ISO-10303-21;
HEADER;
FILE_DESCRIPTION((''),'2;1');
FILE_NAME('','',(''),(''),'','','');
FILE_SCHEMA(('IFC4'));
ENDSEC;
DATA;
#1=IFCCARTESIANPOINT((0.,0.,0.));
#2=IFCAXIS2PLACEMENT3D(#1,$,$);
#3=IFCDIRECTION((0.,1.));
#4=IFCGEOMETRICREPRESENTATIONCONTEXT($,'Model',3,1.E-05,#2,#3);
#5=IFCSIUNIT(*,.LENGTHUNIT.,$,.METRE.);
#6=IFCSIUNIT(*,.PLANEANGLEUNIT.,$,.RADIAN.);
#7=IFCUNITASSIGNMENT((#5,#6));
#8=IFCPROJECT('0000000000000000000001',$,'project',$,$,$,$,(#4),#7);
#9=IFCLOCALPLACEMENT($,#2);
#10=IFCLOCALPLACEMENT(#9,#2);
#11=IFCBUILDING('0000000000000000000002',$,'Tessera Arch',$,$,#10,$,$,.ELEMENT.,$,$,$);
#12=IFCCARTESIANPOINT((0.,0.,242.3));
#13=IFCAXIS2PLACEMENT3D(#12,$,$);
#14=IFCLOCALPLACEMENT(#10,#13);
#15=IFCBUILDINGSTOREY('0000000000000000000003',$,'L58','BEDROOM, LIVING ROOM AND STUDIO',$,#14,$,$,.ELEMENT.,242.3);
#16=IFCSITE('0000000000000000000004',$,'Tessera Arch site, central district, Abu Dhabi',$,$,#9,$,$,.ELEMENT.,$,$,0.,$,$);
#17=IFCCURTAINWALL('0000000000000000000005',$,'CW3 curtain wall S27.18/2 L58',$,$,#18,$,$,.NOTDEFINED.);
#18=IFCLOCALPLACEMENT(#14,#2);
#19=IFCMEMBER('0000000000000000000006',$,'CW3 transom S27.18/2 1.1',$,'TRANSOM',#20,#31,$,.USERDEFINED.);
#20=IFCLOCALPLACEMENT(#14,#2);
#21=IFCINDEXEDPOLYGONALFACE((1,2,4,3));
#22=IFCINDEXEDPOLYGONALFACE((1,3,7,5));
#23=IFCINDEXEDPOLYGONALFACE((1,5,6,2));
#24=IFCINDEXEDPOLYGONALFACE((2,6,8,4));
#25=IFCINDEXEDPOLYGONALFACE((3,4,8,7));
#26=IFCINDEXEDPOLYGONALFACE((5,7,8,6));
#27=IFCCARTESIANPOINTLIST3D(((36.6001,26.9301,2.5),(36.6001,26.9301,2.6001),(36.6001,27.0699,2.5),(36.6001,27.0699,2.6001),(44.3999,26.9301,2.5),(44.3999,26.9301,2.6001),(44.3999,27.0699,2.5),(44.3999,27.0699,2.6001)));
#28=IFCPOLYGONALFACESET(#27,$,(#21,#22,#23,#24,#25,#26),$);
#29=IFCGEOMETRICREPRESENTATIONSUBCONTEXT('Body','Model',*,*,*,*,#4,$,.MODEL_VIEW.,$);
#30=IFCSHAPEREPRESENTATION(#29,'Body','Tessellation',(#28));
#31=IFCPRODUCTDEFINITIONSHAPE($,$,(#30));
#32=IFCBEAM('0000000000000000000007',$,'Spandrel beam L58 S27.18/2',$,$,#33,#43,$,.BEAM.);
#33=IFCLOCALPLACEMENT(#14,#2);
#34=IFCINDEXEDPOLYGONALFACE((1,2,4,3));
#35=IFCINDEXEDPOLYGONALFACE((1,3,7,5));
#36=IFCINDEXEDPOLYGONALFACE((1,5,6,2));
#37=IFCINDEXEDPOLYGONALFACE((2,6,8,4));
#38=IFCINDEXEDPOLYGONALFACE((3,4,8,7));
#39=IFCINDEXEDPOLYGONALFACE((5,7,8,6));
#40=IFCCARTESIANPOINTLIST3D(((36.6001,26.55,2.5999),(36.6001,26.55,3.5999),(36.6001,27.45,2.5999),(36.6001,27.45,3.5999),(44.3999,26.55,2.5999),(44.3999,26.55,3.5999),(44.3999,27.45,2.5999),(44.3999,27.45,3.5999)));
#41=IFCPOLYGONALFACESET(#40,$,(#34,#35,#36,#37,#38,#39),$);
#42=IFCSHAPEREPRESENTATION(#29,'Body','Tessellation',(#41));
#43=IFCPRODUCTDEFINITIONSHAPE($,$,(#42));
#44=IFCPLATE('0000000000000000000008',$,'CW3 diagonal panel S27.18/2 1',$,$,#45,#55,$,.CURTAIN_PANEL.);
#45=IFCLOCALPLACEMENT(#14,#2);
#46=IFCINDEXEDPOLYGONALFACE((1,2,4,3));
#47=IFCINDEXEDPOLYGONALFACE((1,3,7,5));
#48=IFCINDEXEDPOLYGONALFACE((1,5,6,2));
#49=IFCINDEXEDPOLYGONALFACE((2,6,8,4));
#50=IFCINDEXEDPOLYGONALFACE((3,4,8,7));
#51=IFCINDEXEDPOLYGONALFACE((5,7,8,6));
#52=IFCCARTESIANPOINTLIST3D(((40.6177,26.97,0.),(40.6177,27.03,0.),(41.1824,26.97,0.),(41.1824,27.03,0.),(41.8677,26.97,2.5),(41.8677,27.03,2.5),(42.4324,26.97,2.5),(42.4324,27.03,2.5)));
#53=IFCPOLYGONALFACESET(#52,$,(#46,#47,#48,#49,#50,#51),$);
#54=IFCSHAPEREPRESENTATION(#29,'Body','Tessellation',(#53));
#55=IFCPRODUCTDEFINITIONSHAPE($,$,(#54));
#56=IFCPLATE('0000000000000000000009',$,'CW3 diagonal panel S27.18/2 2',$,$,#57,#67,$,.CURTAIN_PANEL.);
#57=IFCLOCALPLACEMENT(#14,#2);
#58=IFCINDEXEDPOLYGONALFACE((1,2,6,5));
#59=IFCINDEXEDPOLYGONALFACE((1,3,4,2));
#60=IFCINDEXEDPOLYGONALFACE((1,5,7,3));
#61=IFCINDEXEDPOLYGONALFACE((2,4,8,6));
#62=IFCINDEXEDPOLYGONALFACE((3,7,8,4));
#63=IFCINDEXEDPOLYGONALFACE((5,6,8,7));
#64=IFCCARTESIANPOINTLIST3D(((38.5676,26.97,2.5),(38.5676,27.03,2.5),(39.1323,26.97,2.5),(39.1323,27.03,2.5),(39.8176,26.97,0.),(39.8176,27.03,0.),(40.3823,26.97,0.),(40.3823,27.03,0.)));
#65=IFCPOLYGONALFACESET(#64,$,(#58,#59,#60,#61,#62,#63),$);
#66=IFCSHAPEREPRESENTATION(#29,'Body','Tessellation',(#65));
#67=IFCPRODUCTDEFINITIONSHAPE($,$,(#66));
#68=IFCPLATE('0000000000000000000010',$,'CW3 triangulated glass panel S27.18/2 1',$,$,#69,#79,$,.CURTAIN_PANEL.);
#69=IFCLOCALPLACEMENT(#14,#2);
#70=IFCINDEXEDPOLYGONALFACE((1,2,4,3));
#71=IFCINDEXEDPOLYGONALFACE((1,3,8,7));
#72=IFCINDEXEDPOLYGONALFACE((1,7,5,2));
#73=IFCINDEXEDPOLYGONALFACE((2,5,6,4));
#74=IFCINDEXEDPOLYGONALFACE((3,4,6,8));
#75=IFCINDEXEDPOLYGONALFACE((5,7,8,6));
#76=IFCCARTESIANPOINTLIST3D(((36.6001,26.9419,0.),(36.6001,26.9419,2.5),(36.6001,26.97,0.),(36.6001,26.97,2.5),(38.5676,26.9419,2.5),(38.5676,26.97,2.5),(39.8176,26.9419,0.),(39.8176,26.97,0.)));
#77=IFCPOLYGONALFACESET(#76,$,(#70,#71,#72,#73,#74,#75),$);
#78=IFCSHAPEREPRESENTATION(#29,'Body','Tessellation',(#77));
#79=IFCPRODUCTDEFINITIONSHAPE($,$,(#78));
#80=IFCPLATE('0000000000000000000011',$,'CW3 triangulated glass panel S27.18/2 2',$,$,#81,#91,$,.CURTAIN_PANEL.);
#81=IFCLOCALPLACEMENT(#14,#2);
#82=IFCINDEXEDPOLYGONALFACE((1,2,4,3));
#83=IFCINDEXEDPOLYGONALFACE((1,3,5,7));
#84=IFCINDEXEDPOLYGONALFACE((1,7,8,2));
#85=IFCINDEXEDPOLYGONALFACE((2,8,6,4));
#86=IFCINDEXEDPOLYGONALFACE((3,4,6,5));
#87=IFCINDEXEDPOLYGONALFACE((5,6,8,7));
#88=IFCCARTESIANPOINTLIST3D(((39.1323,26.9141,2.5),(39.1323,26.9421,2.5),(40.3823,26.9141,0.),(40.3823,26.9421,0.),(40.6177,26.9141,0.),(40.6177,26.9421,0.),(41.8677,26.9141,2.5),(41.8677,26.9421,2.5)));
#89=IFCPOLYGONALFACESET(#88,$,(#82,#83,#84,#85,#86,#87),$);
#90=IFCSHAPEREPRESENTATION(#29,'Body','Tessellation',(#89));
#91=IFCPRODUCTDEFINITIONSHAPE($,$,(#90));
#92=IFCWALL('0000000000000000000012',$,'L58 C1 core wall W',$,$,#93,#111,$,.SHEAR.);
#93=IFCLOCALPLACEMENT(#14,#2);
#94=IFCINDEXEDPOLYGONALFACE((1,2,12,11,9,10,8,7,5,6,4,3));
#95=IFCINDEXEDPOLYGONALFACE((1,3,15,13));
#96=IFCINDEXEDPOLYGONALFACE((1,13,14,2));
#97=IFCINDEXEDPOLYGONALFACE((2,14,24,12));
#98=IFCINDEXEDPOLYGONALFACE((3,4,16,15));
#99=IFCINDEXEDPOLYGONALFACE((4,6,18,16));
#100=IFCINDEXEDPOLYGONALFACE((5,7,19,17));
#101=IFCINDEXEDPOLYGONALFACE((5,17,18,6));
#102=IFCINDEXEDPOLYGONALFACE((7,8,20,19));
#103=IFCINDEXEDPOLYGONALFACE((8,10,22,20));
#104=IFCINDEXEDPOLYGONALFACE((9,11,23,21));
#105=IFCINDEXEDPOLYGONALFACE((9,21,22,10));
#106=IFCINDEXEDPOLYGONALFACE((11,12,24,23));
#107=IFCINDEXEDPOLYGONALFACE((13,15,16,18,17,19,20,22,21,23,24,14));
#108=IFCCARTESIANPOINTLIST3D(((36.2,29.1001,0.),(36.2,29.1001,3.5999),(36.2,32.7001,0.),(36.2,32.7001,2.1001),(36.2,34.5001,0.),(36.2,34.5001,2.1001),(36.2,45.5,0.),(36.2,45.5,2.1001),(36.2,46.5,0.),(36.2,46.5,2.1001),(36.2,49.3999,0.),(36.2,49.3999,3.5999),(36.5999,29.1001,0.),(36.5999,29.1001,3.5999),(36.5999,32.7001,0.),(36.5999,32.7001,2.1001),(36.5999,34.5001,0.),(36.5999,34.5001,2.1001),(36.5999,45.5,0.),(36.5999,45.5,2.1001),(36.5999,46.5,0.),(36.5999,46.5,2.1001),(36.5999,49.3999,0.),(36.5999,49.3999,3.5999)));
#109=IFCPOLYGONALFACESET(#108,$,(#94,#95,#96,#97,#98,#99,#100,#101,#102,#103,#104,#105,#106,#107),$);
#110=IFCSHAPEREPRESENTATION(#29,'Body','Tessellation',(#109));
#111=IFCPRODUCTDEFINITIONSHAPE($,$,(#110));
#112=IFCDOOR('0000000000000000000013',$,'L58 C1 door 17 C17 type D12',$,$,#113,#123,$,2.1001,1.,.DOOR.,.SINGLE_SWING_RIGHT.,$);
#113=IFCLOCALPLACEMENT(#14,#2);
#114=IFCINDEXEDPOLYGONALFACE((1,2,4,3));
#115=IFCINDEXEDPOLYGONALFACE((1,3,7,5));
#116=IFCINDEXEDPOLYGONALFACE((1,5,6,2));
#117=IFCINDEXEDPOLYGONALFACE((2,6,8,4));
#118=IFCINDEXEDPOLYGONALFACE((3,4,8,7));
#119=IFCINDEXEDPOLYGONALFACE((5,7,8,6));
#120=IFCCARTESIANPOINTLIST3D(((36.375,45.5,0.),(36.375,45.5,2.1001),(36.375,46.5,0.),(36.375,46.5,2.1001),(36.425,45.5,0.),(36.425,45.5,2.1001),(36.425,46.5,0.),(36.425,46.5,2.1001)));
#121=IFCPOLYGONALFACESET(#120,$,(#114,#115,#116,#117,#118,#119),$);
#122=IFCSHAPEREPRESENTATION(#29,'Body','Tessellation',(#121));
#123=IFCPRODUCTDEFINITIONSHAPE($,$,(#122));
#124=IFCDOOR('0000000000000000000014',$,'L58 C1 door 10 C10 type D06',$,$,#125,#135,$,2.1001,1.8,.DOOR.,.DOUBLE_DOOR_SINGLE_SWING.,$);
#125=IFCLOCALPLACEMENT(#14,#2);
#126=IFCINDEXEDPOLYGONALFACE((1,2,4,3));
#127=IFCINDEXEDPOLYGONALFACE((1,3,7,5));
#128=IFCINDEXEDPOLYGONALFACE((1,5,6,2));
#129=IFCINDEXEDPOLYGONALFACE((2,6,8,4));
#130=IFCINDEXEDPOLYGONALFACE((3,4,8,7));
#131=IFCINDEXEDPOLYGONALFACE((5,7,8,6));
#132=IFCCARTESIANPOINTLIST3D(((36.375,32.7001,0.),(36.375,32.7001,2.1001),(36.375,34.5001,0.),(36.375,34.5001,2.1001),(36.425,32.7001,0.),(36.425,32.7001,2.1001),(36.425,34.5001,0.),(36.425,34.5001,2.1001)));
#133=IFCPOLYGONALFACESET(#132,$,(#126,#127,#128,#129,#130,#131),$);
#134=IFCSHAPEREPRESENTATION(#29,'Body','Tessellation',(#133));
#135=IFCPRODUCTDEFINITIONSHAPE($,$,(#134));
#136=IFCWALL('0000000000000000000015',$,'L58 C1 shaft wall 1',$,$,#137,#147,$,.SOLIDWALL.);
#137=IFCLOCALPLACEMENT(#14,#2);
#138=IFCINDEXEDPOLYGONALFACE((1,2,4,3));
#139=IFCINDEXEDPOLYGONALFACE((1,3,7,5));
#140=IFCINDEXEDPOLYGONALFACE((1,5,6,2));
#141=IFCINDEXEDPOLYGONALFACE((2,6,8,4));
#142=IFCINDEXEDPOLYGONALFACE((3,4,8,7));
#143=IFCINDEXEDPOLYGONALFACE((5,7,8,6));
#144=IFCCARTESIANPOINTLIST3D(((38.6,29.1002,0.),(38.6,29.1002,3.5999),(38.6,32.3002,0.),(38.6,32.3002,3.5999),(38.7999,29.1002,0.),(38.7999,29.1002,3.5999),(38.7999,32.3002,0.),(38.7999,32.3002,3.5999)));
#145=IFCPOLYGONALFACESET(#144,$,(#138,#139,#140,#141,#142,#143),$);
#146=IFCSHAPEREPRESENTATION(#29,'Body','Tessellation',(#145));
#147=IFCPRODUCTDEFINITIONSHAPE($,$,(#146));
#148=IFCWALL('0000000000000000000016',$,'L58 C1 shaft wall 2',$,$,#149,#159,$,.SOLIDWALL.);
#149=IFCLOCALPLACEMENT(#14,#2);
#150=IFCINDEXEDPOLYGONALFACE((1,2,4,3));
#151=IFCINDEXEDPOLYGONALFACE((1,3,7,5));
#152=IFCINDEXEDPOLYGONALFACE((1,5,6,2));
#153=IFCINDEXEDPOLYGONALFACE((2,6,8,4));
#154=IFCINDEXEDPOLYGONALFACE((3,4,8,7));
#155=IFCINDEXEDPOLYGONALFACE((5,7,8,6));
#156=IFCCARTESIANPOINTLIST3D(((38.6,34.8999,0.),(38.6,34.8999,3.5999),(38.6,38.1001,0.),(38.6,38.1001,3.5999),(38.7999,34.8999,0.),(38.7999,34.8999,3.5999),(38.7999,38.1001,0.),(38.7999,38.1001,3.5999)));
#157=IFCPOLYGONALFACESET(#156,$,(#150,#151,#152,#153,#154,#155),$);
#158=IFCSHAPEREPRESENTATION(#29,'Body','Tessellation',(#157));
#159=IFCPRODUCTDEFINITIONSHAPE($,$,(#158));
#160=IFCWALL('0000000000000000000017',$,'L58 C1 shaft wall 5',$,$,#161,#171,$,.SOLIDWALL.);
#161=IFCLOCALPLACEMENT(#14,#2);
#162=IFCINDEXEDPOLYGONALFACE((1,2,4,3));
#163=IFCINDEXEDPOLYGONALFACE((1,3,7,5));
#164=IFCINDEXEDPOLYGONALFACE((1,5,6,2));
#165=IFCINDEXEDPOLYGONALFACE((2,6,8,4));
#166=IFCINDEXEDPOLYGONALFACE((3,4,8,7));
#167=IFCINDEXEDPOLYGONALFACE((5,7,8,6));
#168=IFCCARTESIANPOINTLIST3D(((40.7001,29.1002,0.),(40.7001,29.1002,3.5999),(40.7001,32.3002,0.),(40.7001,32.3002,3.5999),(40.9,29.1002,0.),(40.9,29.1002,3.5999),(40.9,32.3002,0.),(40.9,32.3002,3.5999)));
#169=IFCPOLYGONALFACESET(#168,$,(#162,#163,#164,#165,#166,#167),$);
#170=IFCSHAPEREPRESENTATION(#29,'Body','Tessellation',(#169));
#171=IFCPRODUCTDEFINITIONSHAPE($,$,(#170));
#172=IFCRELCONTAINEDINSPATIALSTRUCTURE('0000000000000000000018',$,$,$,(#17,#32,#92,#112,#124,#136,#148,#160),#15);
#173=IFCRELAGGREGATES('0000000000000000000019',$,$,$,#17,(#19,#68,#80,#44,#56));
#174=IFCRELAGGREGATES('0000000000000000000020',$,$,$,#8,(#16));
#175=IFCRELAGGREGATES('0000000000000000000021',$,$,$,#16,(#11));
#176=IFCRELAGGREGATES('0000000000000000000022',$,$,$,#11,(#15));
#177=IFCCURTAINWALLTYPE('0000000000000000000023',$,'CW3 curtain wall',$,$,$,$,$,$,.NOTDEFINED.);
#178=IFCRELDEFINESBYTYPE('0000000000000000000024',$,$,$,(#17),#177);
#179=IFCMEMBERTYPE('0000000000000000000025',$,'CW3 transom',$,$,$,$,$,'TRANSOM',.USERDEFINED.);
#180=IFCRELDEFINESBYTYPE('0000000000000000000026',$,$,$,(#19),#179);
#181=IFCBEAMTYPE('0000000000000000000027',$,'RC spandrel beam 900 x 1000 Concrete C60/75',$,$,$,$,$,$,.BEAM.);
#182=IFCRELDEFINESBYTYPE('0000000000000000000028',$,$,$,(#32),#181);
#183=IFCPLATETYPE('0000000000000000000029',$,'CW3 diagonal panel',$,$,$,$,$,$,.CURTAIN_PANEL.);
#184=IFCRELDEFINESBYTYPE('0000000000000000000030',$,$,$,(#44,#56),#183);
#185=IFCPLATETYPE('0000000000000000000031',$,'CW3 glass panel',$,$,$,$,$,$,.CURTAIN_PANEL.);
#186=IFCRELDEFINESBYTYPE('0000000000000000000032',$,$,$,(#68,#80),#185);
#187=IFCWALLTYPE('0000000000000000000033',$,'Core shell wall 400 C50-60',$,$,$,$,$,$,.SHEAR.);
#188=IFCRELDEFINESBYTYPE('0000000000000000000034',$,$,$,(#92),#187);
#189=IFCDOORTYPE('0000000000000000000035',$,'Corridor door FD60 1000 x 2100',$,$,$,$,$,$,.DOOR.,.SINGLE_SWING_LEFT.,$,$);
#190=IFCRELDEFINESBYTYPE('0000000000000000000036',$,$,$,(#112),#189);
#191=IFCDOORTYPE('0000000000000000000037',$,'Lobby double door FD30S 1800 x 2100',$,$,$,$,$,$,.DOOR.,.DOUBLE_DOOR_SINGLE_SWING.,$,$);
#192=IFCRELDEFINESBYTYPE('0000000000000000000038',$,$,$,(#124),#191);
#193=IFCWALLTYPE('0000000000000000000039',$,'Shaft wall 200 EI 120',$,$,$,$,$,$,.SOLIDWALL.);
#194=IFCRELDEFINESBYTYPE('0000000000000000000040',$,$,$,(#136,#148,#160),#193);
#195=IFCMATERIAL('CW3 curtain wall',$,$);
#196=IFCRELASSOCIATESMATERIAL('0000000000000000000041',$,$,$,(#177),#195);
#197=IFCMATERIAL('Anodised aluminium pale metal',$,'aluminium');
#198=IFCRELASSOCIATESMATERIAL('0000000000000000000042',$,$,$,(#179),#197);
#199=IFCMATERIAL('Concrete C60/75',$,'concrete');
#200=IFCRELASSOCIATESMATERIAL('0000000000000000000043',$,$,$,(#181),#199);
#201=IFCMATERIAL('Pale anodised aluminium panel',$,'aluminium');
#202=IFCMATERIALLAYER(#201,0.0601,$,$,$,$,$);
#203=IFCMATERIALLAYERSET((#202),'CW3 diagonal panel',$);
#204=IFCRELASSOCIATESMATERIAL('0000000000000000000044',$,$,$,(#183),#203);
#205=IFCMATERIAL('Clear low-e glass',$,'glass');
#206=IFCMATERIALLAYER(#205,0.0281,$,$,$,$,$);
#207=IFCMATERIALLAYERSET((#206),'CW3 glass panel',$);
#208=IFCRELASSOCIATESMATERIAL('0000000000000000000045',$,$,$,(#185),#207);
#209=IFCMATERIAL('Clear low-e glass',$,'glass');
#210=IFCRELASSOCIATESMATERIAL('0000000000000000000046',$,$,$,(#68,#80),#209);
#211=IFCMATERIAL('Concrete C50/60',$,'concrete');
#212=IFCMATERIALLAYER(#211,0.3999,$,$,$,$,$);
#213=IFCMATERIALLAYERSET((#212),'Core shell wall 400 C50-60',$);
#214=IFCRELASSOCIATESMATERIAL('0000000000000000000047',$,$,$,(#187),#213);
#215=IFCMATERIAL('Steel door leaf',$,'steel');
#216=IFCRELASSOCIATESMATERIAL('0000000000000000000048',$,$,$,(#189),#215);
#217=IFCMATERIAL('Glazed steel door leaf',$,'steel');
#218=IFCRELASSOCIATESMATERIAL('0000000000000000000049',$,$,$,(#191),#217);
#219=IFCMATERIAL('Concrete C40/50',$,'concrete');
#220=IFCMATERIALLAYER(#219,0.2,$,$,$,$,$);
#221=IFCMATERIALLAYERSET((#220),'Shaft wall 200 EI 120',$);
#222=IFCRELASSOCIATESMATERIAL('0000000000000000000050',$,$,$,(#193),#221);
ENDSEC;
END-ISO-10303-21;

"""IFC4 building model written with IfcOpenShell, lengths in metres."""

from ifc_helpers import new_model, si_unit, direction, frame, frame_2d, origin, origin_2d, place, context, subcontext, project, spatial, polyline, rectangle, outline, extrude, material, layer, layer_set, material_profile, profile_set, type_object, element, fill, aggregate, save


model = new_model("IFC4")

# Units and contexts
model_context = context("Model", 3, precision=1e-05, world=origin(), true_north=direction((0.0, 1.0)))
body_context = subcontext(model_context, "Body", "Model", "MODEL_VIEW")
ifc_project = project(units=[si_unit("LENGTHUNIT", "METRE"), si_unit("PLANEANGLEUNIT", "RADIAN")], contexts=[model_context])

# Site, building, storey
site_placement = place(None, origin())
site = spatial("IfcSite", under=ifc_project, at=site_placement, Name="Tessera Arch site, central district, Abu Dhabi", CompositionType="ELEMENT", RefElevation=0.0)
building_placement = place(site_placement, origin())
building = spatial("IfcBuilding", under=site, at=building_placement, Name="Tessera Arch", CompositionType="ELEMENT")
storey_placement = place(building_placement, frame((0.0, 0.0, 242.3)))
storey = spatial("IfcBuildingStorey", under=building, at=storey_placement, Name="L58", Description="BEDROOM, LIVING ROOM AND STUDIO", CompositionType="ELEMENT", Elevation=242.3)

# Curtain wall, member
ifc_material_1 = material(Name="CW3 curtain wall")
curtain_wall_type = type_object("IfcCurtainWallType", Name="CW3 curtain wall", PredefinedType="NOTDEFINED", material=ifc_material_1)
curtain_wall_placement = place(storey_placement, origin())
curtain_wall = element("IfcCurtainWall", 1, at=curtain_wall_placement, inside=storey, type_object=curtain_wall_type, Name="CW3 curtain wall S27.18/2 L58", PredefinedType="NOTDEFINED")
ifc_material_2 = material(Name="Anodised aluminium pale metal", Category="aluminium")
ifc_material_profile_1 = material_profile(ifc_material_2, rectangle(XDim=0.1399, YDim=0.1001, at=origin_2d()), Name="AL 140x100")
ifc_profile_set_1 = profile_set([ifc_material_profile_1], Name="Anodised aluminium pale metal")
member_type = type_object("IfcMemberType", Name="CW3 transom", ElementType="TRANSOM", PredefinedType="USERDEFINED", material=ifc_profile_set_1)
member_placement = place(storey_placement, frame((36.6001, 27.0, 2.55), z_axis=(1.0, 0.0, 0.0), x_axis=(0.0, 1.0, 0.0)))
member = element("IfcMember", 2, at=member_placement, type_object=member_type, Name="CW3 transom S27.18/2 1.1", ObjectType="TRANSOM", PredefinedType="USERDEFINED", context=body_context, shape_type="SweptSolid", body=[
    extrude(rectangle(XDim=0.1399, YDim=0.1001, at=origin_2d()), origin(), (0.0, 0.0, 1.0), 7.7998),
])

# Beam
ifc_material_3 = material(Name="Concrete C60/75", Category="concrete")
ifc_material_profile_2 = material_profile(ifc_material_3, rectangle(XDim=0.8999, YDim=1.0, at=origin_2d()), Name="RC spandrel beam 900 x 1000 Concrete C60/75")
ifc_profile_set_2 = profile_set([ifc_material_profile_2], Name="Concrete C60/75")
beam_type = type_object("IfcBeamType", Name="RC spandrel beam 900 x 1000 Concrete C60/75", PredefinedType="BEAM", material=ifc_profile_set_2)
beam_placement = place(storey_placement, frame((36.6001, 27.0, 3.0999), z_axis=(1.0, 0.0, 0.0), x_axis=(0.0, 1.0, 0.0)))
element("IfcBeam", 3, at=beam_placement, inside=storey, type_object=beam_type, Name="Spandrel beam L58 S27.18/2", PredefinedType="BEAM", context=body_context, shape_type="SweptSolid", body=[
    extrude(rectangle(XDim=0.8999, YDim=1.0, at=origin_2d()), origin(), (0.0, 0.0, 1.0), 7.7998),
])

# Plates
ifc_material_4 = material(Name="Pale anodised aluminium panel", Category="aluminium")
ifc_layer_1 = layer(ifc_material_4, 0.0601)
ifc_layer_set_1 = layer_set([ifc_layer_1], Name="CW3 diagonal panel")
plate_type_1 = type_object("IfcPlateType", Name="CW3 diagonal panel", PredefinedType="CURTAIN_PANEL", material=ifc_layer_set_1)
plate_1_placement = place(storey_placement, frame((42.4324, 26.97, 2.5), z_axis=(0.0, -1.0, 0.0), x_axis=(-1.0, 0.0, 0.0)))
plate_1 = element("IfcPlate", 4, at=plate_1_placement, type_object=plate_type_1, Name="CW3 diagonal panel S27.18/2 1", PredefinedType="CURTAIN_PANEL", context=body_context, shape_type="SweptSolid", body=[
    extrude(outline(polyline([(0.0, 0.0), (0.5647, 0.0), (1.8147, 2.5), (1.25, 2.5), (0.0, 0.0)])), origin(), (0.0, 0.0, -1.0), 0.0601),
])
plate_2_placement = place(storey_placement, frame((39.1323, 26.97, 2.5), z_axis=(0.0, -1.0, 0.0), x_axis=(-1.0, 0.0, 0.0)))
plate_2 = element("IfcPlate", 5, at=plate_2_placement, type_object=plate_type_1, Name="CW3 diagonal panel S27.18/2 2", PredefinedType="CURTAIN_PANEL", context=body_context, shape_type="SweptSolid", body=[
    extrude(outline(polyline([(0.0, 0.0), (0.5647, 0.0), (-0.6853, 2.5), (-1.25, 2.5), (0.0, 0.0)])), origin(), (0.0, 0.0, -1.0), 0.0601),
])
ifc_material_5 = material(Name="Clear low-e glass", Category="glass")
ifc_material_6 = material(Name="Clear low-e glass", Category="glass")
ifc_layer_2 = layer(ifc_material_6, 0.0281)
ifc_layer_set_2 = layer_set([ifc_layer_2], Name="CW3 glass panel")
plate_type_2 = type_object("IfcPlateType", Name="CW3 glass panel", PredefinedType="CURTAIN_PANEL", material=ifc_layer_set_2)
plate_3_placement = place(storey_placement, frame((36.6001, 26.9419, 0.0), z_axis=(0.0, -1.0, 0.0), x_axis=(1.0, 0.0, 0.0)))
plate_3 = element("IfcPlate", 6, at=plate_3_placement, type_object=plate_type_2, material=ifc_material_5, Name="CW3 triangulated glass panel S27.18/2 1", PredefinedType="CURTAIN_PANEL", context=body_context, shape_type="SweptSolid", body=[
    extrude(outline(polyline([(0.0, 0.0), (3.2175, 0.0), (1.9675, 2.5), (0.0, 2.5), (0.0, 0.0)])), origin(), (0.0, 0.0, -1.0), 0.0281),
])
plate_4_placement = place(storey_placement, frame((41.8677, 26.9141, 2.5), z_axis=(0.0, -1.0, 0.0), x_axis=(-1.0, 0.0, 0.0)))
plate_4 = element("IfcPlate", 7, at=plate_4_placement, type_object=plate_type_2, material=ifc_material_5, Name="CW3 triangulated glass panel S27.18/2 2", PredefinedType="CURTAIN_PANEL", context=body_context, shape_type="SweptSolid", body=[
    extrude(outline(polyline([(0.0, 0.0), (2.7354, 0.0), (1.4854, 2.5), (1.25, 2.5), (0.0, 0.0)])), origin(), (0.0, 0.0, -1.0), 0.0281),
])
aggregate(curtain_wall, [member, plate_3, plate_4, plate_1, plate_2])

# Wall, openings, doors
ifc_material_7 = material(Name="Concrete C50/60", Category="concrete")
ifc_layer_3 = layer(ifc_material_7, 0.3999)
ifc_layer_set_3 = layer_set([ifc_layer_3], Name="Core shell wall 400 C50-60")
wall_type_1 = type_object("IfcWallType", Name="Core shell wall 400 C50-60", PredefinedType="SHEAR", material=ifc_layer_set_3)
wall_1_placement = place(storey_placement, frame((36.3999, 29.1001, 0.0), z_axis=(0.0, 0.0, 1.0), x_axis=(0.0, 1.0, 0.0)))
wall_1 = element("IfcWall", 8, at=wall_1_placement, inside=storey, type_object=wall_type_1, Name="L58 C1 core wall W", PredefinedType="SHEAR", context=body_context, shape_type="SweptSolid", body=[
    extrude(rectangle(XDim=20.2998, YDim=0.3999, at=frame_2d((10.1499, 0.0))), origin(), (0.0, 0.0, 1.0), 3.5999),
])
opening_1_placement = place(wall_1_placement, frame((3.6001, 0.0, 0.0)))
opening_1 = element("IfcOpeningElement", 9, at=opening_1_placement, cuts=wall_1, PredefinedType="OPENING", context=body_context, shape_type="SweptSolid", body=[
    extrude(rectangle(XDim=1.8, YDim=2.1001, at=frame_2d((0.8999, 1.05))), frame((0.0, 0.21, 0.0), z_axis=(0.0, -1.0, 0.0), x_axis=(1.0, 0.0, 0.0)), (0.0, 0.0, 1.0), 0.4199),
])
opening_2_placement = place(wall_1_placement, frame((16.3999, 0.0, 0.0)))
opening_2 = element("IfcOpeningElement", 10, at=opening_2_placement, cuts=wall_1, PredefinedType="OPENING", context=body_context, shape_type="SweptSolid", body=[
    extrude(rectangle(XDim=1.0, YDim=2.1001, at=frame_2d((0.5, 1.05))), frame((0.0, 0.21, 0.0), z_axis=(0.0, -1.0, 0.0), x_axis=(1.0, 0.0, 0.0)), (0.0, 0.0, 1.0), 0.4199),
])
ifc_material_8 = material(Name="Steel door leaf", Category="steel")
door_type_1 = type_object("IfcDoorType", Name="Corridor door FD60 1000 x 2100", OperationType="SINGLE_SWING_LEFT", PredefinedType="DOOR", material=ifc_material_8)
door_1_placement = place(opening_2_placement, origin())
door_1 = element("IfcDoor", 11, at=door_1_placement, inside=storey, type_object=door_type_1, Name="L58 C1 door 17 C17 type D12", OperationType="SINGLE_SWING_RIGHT", OverallHeight=2.1001, OverallWidth=1.0, PredefinedType="DOOR", context=body_context, shape_type="SweptSolid", body=[
    extrude(rectangle(XDim=1.0, YDim=2.1001, at=frame_2d((0.5, 1.05))), frame((0.0, 0.0249, 0.0), z_axis=(0.0, -1.0, 0.0), x_axis=(1.0, 0.0, 0.0)), (0.0, 0.0, 1.0), 0.05),
])
fill(opening_2, door_1)
ifc_material_9 = material(Name="Glazed steel door leaf", Category="steel")
door_type_2 = type_object("IfcDoorType", Name="Lobby double door FD30S 1800 x 2100", OperationType="DOUBLE_DOOR_SINGLE_SWING", PredefinedType="DOOR", material=ifc_material_9)
door_2_placement = place(opening_1_placement, origin())
door_2 = element("IfcDoor", 12, at=door_2_placement, inside=storey, type_object=door_type_2, Name="L58 C1 door 10 C10 type D06", OperationType="DOUBLE_DOOR_SINGLE_SWING", OverallHeight=2.1001, OverallWidth=1.8, PredefinedType="DOOR", context=body_context, shape_type="SweptSolid", body=[
    extrude(rectangle(XDim=1.8, YDim=2.1001, at=frame_2d((0.8999, 1.05))), frame((0.0, 0.0249, 0.0), z_axis=(0.0, -1.0, 0.0), x_axis=(1.0, 0.0, 0.0)), (0.0, 0.0, 1.0), 0.05),
])
fill(opening_1, door_2)

# Walls
ifc_material_10 = material(Name="Concrete C40/50", Category="concrete")
ifc_layer_4 = layer(ifc_material_10, 0.2)
ifc_layer_set_4 = layer_set([ifc_layer_4], Name="Shaft wall 200 EI 120")
wall_type_2 = type_object("IfcWallType", Name="Shaft wall 200 EI 120", PredefinedType="SOLIDWALL", material=ifc_layer_set_4)
wall_2_placement = place(storey_placement, frame((38.7, 29.1001, 0.0), z_axis=(0.0, 0.0, 1.0), x_axis=(0.0, 1.0, 0.0)))
element("IfcWall", 13, at=wall_2_placement, inside=storey, type_object=wall_type_2, Name="L58 C1 shaft wall 1", PredefinedType="SOLIDWALL", context=body_context, shape_type="SweptSolid", body=[
    extrude(rectangle(XDim=3.2, YDim=0.2, at=frame_2d((1.6001, 0.0))), origin(), (0.0, 0.0, 1.0), 3.5999),
])
wall_3_placement = place(storey_placement, frame((38.7, 34.8999, 0.0), z_axis=(0.0, 0.0, 1.0), x_axis=(0.0, 1.0, 0.0)))
element("IfcWall", 14, at=wall_3_placement, inside=storey, type_object=wall_type_2, Name="L58 C1 shaft wall 2", PredefinedType="SOLIDWALL", context=body_context, shape_type="SweptSolid", body=[
    extrude(rectangle(XDim=3.2002, YDim=0.2, at=frame_2d((1.6001, 0.0))), origin(), (0.0, 0.0, 1.0), 3.5999),
])
wall_4_placement = place(storey_placement, frame((40.8, 29.1001, 0.0), z_axis=(0.0, 0.0, 1.0), x_axis=(0.0, 1.0, 0.0)))
element("IfcWall", 15, at=wall_4_placement, inside=storey, type_object=wall_type_2, Name="L58 C1 shaft wall 5", PredefinedType="SOLIDWALL", context=body_context, shape_type="SweptSolid", body=[
    extrude(rectangle(XDim=3.2, YDim=0.2, at=frame_2d((1.6001, 0.0))), origin(), (0.0, 0.0, 1.0), 3.5999),
])

save(model, "model.ifc")
